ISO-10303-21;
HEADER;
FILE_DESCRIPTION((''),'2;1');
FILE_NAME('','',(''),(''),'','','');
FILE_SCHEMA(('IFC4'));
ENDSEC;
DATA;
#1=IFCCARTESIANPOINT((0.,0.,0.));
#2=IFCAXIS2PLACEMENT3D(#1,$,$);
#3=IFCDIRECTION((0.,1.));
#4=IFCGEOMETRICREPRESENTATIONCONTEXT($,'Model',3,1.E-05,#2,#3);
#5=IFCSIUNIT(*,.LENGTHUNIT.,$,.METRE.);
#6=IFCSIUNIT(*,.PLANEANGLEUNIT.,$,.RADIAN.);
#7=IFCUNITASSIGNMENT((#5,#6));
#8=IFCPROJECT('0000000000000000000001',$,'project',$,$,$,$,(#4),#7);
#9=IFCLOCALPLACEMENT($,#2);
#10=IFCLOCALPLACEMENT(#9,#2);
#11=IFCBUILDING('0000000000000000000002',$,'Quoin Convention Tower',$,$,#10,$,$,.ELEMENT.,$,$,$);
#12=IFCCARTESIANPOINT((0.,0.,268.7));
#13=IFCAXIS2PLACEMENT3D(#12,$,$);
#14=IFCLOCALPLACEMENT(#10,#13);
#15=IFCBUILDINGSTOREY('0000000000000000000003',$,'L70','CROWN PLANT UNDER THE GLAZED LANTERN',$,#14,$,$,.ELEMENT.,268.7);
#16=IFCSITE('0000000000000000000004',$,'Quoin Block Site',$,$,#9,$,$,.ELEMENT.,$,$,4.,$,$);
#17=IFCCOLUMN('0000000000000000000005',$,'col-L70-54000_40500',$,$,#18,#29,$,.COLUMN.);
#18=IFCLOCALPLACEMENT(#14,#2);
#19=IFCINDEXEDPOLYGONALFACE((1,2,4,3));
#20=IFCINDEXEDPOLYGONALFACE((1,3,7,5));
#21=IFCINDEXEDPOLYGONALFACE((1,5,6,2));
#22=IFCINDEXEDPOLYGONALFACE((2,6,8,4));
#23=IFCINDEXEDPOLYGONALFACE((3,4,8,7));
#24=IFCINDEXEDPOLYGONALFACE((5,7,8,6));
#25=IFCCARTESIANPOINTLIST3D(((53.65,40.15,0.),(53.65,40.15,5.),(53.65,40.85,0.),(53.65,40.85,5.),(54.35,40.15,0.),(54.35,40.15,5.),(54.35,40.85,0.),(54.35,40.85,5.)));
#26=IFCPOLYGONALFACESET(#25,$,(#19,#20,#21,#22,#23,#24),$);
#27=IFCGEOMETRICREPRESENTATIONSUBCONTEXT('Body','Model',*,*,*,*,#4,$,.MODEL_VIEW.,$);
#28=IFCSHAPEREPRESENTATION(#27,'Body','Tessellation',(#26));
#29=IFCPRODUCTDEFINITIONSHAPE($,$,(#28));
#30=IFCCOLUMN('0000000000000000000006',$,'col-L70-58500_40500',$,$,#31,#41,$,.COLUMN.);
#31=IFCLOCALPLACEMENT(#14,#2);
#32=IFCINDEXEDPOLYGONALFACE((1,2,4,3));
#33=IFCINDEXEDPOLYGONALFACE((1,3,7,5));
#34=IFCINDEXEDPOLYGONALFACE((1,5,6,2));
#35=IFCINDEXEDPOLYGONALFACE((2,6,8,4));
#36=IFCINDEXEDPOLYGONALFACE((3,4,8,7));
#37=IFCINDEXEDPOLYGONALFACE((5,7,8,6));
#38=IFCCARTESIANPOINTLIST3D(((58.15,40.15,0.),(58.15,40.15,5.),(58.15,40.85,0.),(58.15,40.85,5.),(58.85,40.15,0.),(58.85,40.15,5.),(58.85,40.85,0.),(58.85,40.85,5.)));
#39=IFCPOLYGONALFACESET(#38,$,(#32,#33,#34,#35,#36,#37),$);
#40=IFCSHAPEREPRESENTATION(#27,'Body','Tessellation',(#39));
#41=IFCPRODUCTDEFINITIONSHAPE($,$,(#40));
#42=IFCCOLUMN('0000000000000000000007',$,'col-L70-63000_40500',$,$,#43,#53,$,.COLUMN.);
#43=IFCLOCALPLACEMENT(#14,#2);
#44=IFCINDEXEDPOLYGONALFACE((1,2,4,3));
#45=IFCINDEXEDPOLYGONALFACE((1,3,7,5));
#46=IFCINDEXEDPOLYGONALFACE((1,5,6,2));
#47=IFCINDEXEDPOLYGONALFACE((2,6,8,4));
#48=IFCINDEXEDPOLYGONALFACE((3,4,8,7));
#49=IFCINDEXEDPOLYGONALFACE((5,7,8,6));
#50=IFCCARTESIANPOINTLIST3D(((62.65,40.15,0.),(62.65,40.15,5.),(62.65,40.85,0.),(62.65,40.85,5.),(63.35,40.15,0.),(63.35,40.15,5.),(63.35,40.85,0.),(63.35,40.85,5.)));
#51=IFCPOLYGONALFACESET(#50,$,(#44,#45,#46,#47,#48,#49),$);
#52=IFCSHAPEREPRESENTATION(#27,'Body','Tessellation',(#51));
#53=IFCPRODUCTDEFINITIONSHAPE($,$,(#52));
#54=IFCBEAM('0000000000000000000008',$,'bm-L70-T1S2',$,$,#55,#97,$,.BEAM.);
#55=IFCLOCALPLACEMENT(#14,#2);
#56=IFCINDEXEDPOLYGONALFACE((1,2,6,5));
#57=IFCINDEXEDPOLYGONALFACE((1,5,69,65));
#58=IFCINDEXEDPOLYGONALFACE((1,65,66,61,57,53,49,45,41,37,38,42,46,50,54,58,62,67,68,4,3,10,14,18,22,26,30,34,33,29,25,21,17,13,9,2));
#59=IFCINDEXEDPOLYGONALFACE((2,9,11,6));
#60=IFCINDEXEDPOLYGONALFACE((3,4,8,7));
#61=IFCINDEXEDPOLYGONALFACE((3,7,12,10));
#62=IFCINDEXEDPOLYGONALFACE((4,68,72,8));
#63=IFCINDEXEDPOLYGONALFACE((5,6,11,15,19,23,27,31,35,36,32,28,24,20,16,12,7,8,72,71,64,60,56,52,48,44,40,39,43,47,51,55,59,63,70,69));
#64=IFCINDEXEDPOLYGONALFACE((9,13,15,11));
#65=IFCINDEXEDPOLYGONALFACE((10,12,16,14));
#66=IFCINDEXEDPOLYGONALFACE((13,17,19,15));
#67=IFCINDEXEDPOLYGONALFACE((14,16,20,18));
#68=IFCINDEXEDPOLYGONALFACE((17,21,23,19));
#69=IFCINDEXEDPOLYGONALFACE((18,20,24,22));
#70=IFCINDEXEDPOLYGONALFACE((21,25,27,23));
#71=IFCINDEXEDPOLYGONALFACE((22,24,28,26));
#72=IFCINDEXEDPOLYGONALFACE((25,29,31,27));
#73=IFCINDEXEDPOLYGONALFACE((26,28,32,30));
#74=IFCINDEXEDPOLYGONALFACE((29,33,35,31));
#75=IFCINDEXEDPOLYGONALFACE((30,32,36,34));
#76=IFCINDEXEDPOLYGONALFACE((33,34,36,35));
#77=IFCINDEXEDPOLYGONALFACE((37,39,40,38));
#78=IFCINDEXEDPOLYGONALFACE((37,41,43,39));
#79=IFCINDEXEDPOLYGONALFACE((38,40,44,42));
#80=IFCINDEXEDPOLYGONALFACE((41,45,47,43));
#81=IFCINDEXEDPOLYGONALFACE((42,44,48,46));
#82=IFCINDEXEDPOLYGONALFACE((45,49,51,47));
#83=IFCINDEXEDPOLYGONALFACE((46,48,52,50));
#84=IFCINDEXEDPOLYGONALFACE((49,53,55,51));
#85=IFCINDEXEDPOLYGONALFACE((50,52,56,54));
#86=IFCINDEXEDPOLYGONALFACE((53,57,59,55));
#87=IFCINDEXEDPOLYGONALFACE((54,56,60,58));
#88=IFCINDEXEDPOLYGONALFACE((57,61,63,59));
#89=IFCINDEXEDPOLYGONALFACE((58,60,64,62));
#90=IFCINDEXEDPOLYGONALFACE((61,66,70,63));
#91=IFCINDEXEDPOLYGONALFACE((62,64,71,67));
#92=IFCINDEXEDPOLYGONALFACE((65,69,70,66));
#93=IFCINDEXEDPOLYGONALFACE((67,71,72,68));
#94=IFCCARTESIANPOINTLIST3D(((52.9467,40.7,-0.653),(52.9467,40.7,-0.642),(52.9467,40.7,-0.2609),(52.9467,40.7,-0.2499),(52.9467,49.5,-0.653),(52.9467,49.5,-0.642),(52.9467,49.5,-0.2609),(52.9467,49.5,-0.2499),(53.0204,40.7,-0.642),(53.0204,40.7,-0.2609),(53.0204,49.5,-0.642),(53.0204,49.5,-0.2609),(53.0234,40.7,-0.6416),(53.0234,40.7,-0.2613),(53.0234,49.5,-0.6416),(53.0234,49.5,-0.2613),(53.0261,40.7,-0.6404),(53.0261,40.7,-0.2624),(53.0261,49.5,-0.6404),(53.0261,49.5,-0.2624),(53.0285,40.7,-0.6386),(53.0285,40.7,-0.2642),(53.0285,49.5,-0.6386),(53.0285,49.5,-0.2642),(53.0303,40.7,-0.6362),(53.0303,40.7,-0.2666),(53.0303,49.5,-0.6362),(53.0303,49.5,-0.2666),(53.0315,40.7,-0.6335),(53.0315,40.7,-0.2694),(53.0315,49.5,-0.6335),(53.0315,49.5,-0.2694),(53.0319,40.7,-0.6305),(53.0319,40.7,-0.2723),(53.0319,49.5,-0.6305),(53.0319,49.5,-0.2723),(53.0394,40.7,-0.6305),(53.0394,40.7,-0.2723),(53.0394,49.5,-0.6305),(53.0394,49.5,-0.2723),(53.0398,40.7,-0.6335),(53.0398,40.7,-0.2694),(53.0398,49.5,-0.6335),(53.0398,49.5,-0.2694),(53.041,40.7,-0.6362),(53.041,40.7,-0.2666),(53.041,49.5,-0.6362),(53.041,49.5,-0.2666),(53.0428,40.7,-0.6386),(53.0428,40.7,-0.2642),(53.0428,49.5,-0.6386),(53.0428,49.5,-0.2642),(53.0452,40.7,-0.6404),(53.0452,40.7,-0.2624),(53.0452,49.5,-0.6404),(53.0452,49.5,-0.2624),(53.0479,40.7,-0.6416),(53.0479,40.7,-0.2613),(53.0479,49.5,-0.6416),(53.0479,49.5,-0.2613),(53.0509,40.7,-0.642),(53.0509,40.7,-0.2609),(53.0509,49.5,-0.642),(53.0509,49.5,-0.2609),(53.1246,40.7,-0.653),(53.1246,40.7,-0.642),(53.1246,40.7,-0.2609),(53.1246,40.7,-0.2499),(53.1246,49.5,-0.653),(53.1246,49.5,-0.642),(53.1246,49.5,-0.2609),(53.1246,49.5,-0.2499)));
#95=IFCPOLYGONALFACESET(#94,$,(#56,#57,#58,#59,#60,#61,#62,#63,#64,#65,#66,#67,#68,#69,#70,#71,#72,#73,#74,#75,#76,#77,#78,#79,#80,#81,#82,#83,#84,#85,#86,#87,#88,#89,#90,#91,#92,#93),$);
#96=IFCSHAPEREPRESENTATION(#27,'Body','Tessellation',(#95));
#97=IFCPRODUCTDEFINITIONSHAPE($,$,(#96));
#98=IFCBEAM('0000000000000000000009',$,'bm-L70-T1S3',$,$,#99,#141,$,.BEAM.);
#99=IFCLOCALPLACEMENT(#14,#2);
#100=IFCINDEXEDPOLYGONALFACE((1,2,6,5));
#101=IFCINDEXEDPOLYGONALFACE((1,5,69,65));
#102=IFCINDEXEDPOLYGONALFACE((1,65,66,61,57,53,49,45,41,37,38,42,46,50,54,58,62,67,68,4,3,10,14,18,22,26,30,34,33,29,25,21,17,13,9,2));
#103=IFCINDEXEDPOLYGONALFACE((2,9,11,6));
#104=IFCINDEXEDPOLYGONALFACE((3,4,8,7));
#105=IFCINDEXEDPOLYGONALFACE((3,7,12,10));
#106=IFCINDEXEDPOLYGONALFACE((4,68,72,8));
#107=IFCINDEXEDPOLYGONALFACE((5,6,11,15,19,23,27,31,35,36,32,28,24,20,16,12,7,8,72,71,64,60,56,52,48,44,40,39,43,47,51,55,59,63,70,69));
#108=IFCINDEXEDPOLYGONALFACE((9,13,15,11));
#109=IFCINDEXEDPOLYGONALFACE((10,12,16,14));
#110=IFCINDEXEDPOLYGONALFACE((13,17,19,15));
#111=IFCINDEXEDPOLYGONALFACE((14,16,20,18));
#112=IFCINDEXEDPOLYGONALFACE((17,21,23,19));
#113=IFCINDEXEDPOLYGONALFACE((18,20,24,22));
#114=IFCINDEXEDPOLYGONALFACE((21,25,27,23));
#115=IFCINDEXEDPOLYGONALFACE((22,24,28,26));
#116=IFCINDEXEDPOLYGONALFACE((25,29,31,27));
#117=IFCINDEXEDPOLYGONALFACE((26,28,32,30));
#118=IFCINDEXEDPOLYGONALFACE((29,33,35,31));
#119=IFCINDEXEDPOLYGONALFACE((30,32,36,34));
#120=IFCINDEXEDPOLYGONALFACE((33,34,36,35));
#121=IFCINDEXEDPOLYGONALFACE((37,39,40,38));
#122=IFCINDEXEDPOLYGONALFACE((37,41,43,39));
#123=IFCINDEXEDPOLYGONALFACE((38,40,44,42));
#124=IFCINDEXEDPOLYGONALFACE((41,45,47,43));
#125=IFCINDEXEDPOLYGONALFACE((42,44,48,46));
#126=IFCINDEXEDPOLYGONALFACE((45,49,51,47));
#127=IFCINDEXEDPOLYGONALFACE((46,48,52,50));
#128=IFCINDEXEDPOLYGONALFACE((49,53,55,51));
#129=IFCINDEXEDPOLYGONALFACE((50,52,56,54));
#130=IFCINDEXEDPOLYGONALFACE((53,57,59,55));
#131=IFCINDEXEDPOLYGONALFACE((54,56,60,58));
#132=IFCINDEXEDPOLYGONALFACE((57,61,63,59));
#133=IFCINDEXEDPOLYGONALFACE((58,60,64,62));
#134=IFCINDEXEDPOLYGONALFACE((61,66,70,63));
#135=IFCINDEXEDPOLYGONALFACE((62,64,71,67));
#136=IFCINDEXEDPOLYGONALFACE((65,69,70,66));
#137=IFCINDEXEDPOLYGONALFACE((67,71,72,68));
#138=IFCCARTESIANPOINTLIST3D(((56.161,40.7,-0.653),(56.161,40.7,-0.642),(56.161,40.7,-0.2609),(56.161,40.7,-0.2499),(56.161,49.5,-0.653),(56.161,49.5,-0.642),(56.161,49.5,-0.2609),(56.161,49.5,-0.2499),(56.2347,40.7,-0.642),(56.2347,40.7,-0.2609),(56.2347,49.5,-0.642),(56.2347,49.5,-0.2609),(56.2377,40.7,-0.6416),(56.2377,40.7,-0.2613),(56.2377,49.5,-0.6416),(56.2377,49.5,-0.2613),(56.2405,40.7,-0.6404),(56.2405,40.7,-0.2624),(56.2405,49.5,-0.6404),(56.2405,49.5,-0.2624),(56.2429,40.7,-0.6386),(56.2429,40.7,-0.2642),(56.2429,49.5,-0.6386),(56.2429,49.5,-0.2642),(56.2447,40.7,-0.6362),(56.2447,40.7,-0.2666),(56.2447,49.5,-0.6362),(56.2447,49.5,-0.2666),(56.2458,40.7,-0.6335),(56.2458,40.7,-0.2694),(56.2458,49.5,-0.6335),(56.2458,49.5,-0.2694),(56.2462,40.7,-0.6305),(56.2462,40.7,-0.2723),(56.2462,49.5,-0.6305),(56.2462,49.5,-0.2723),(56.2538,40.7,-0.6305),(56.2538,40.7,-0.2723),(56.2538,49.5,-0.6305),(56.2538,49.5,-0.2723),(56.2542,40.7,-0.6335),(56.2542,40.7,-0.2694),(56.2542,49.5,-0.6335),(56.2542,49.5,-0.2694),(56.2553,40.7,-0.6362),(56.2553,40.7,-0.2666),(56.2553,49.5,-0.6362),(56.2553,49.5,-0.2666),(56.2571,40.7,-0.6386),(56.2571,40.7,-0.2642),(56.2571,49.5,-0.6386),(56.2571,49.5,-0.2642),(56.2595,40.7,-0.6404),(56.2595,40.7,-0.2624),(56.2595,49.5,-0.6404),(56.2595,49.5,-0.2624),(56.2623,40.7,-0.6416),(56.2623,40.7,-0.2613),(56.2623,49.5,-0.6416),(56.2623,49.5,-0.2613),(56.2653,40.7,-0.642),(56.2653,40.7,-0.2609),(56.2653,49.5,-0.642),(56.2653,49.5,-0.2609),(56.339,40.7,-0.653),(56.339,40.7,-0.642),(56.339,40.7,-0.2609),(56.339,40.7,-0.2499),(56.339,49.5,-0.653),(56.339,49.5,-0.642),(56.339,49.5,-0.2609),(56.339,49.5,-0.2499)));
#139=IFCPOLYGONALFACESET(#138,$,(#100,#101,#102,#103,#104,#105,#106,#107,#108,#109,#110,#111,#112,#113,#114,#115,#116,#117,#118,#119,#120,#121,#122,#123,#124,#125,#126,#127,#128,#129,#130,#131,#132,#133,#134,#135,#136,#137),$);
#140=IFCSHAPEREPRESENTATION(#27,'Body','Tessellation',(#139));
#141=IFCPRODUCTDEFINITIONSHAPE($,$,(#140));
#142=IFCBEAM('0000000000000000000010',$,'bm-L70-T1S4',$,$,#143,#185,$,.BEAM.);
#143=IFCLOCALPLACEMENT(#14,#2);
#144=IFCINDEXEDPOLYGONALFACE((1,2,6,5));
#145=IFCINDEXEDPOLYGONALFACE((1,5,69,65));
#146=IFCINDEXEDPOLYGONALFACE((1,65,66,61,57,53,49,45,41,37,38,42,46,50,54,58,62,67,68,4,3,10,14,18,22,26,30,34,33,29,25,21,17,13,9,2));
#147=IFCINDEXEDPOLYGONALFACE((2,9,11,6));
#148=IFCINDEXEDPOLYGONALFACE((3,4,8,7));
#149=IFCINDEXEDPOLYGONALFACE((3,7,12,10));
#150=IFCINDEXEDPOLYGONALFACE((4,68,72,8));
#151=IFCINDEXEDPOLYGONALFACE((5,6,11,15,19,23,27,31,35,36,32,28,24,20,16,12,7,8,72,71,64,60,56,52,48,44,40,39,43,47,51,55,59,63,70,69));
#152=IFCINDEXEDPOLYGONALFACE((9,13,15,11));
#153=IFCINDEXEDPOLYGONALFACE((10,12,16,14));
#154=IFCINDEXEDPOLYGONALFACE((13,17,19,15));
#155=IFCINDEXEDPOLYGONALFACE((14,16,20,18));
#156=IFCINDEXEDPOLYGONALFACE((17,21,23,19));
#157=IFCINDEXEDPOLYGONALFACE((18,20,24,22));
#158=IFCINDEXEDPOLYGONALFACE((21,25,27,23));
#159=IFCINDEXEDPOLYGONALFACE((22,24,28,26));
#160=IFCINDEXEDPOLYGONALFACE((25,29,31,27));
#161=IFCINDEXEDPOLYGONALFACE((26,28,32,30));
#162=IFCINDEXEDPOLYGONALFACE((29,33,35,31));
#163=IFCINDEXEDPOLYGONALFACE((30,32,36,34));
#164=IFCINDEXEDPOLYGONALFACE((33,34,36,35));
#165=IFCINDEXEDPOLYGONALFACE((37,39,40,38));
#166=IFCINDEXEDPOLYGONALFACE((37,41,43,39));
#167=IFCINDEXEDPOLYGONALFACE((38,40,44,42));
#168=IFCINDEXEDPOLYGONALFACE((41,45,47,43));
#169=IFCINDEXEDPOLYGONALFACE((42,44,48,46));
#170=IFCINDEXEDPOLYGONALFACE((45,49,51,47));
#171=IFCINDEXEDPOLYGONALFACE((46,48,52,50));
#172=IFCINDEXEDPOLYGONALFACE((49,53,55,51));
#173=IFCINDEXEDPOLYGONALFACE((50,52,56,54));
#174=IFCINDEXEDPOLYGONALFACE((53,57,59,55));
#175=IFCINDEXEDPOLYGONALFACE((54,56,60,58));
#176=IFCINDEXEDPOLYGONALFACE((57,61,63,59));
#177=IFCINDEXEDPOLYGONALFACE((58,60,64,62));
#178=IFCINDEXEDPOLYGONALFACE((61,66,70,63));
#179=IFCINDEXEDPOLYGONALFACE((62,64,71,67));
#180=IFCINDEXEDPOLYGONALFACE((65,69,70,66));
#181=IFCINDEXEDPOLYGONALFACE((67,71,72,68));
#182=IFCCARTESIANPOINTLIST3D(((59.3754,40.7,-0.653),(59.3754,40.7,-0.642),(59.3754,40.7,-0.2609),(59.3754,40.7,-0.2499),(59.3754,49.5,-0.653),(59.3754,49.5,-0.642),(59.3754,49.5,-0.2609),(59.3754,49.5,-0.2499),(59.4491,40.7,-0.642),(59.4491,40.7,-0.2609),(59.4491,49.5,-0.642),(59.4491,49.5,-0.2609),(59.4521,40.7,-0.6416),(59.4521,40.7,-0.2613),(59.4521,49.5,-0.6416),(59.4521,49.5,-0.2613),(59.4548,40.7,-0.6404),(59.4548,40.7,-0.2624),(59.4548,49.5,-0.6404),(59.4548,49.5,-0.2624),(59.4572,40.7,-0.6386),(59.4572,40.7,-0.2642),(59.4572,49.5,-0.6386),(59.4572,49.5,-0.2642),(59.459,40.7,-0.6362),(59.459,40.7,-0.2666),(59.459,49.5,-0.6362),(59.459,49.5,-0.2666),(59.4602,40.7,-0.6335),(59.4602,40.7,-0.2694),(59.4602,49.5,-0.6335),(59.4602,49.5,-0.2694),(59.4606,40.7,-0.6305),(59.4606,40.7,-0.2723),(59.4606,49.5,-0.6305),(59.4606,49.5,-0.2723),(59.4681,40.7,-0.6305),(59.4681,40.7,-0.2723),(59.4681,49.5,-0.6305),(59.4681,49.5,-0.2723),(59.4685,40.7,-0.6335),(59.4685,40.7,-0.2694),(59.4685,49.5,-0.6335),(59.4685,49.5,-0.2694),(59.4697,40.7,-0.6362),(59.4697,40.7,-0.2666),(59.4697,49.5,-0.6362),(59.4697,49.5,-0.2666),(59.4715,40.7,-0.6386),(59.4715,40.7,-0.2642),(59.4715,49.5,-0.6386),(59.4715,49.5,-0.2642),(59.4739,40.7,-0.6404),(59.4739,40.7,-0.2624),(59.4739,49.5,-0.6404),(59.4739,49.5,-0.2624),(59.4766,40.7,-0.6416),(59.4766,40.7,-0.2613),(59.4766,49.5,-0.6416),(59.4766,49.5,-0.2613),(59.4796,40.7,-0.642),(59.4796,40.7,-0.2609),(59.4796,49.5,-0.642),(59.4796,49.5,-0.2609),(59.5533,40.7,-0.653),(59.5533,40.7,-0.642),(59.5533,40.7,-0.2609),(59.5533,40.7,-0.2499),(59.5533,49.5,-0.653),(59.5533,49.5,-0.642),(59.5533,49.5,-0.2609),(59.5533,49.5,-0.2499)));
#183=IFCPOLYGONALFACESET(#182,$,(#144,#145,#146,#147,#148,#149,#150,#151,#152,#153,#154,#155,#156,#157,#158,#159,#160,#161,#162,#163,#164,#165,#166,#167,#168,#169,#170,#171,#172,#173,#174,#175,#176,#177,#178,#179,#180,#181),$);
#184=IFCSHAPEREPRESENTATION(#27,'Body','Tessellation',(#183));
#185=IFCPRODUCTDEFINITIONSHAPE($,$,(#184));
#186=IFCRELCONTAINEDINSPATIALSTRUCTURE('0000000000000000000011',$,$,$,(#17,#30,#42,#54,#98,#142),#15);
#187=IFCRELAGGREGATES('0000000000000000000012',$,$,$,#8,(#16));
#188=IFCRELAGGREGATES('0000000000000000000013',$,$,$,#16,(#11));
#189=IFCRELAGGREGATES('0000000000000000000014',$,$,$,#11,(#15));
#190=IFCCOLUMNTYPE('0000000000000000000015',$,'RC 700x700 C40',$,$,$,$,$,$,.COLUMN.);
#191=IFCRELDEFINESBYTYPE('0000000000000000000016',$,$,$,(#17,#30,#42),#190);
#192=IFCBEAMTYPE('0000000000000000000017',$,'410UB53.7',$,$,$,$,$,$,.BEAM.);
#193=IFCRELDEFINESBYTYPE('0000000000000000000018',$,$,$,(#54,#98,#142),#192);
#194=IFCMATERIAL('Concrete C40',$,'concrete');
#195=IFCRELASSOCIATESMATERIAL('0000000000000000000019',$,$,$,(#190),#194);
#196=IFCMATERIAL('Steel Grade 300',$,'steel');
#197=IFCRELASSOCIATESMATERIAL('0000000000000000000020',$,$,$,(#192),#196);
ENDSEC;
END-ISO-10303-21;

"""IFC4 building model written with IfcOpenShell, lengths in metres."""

from ifc_helpers import new_model, si_unit, direction, frame, origin, origin_2d, place, context, subcontext, project, spatial, rectangle, i_section, extrude, material, material_profile, profile_set, type_object, element, save


model = new_model("IFC4")

# Units and contexts
model_context = context("Model", 3, precision=1e-05, world=origin(), true_north=direction((0.0, 1.0)))
body_context = subcontext(model_context, "Body", "Model", "MODEL_VIEW")
ifc_project = project(units=[si_unit("LENGTHUNIT", "METRE"), si_unit("PLANEANGLEUNIT", "RADIAN")], contexts=[model_context])

# Site, building, storey
site_placement = place(None, origin())
site = spatial("IfcSite", under=ifc_project, at=site_placement, Name="Quoin Block Site", CompositionType="ELEMENT", RefElevation=4.0)
building_placement = place(site_placement, origin())
building = spatial("IfcBuilding", under=site, at=building_placement, Name="Quoin Convention Tower", CompositionType="ELEMENT")
storey_placement = place(building_placement, frame((0.0, 0.0, 268.7)))
storey = spatial("IfcBuildingStorey", under=building, at=storey_placement, Name="L70", Description="CROWN PLANT UNDER THE GLAZED LANTERN", CompositionType="ELEMENT", Elevation=268.7)

# Columns
ifc_material_1 = material(Name="Concrete C40", Category="concrete")
ifc_material_profile_1 = material_profile(ifc_material_1, rectangle(XDim=0.7, YDim=0.7, at=origin_2d()), Name="RC 700x700")
ifc_profile_set_1 = profile_set([ifc_material_profile_1], Name="Concrete C40")
column_type = type_object("IfcColumnType", Name="RC 700x700 C40", PredefinedType="COLUMN", material=ifc_profile_set_1)
for number, where, z_axis, x_axis, name in (
    (1, (54.0, 40.5, 0.0), (0.0, 0.0, 1.0), (1.0, 0.0, 0.0), "col-L70-54000_40500"),
    (2, (58.5, 40.5, 0.0), (0.0, 0.0, 1.0), (1.0, 0.0, 0.0), "col-L70-58500_40500"),
    (3, (63.0, 40.5, 0.0), (0.0, 0.0, 1.0), (1.0, 0.0, 0.0), "col-L70-63000_40500"),
):
    element("IfcColumn", number, at=place(storey_placement, frame(where, z_axis=z_axis, x_axis=x_axis)), inside=storey, type_object=column_type, Name=name, PredefinedType="COLUMN", context=body_context, shape_type="SweptSolid", body=[
        extrude(rectangle(XDim=0.7, YDim=0.7, at=origin_2d()), origin(), (0.0, 0.0, 1.0), 5.0),
    ])

# Beams
ifc_material_2 = material(Name="Steel Grade 300", Category="steel")
ifc_material_profile_2 = material_profile(ifc_material_2, i_section(OverallWidth=0.178, OverallDepth=0.4031, WebThickness=0.0076, FlangeThickness=0.011, FilletRadius=0.0115, at=origin_2d()), Name="410UB53.7")
ifc_profile_set_2 = profile_set([ifc_material_profile_2], Name="Steel Grade 300")
beam_type_1 = type_object("IfcBeamType", Name="410UB53.7", PredefinedType="BEAM", material=ifc_profile_set_2)
for number, where, z_axis, x_axis, name in (
    (4, (53.0356, 40.7, -0.4514), (0.0, 1.0, 0.0), (-1.0, 0.0, 0.0), "bm-L70-T1S2"),
    (5, (56.25, 40.7, -0.4514), (0.0, 1.0, 0.0), (-1.0, 0.0, 0.0), "bm-L70-T1S3"),
    (6, (59.4644, 40.7, -0.4514), (0.0, 1.0, 0.0), (-1.0, 0.0, 0.0), "bm-L70-T1S4"),
):
    element("IfcBeam", number, at=place(storey_placement, frame(where, z_axis=z_axis, x_axis=x_axis)), inside=storey, type_object=beam_type_1, Name=name, PredefinedType="BEAM", context=body_context, shape_type="SweptSolid", body=[
        extrude(i_section(OverallWidth=0.178, OverallDepth=0.4031, WebThickness=0.0076, FlangeThickness=0.011, FilletRadius=0.0115, at=origin_2d()), origin(), (0.0, 0.0, 1.0), 8.8),
    ])

save(model, "model.ifc")
